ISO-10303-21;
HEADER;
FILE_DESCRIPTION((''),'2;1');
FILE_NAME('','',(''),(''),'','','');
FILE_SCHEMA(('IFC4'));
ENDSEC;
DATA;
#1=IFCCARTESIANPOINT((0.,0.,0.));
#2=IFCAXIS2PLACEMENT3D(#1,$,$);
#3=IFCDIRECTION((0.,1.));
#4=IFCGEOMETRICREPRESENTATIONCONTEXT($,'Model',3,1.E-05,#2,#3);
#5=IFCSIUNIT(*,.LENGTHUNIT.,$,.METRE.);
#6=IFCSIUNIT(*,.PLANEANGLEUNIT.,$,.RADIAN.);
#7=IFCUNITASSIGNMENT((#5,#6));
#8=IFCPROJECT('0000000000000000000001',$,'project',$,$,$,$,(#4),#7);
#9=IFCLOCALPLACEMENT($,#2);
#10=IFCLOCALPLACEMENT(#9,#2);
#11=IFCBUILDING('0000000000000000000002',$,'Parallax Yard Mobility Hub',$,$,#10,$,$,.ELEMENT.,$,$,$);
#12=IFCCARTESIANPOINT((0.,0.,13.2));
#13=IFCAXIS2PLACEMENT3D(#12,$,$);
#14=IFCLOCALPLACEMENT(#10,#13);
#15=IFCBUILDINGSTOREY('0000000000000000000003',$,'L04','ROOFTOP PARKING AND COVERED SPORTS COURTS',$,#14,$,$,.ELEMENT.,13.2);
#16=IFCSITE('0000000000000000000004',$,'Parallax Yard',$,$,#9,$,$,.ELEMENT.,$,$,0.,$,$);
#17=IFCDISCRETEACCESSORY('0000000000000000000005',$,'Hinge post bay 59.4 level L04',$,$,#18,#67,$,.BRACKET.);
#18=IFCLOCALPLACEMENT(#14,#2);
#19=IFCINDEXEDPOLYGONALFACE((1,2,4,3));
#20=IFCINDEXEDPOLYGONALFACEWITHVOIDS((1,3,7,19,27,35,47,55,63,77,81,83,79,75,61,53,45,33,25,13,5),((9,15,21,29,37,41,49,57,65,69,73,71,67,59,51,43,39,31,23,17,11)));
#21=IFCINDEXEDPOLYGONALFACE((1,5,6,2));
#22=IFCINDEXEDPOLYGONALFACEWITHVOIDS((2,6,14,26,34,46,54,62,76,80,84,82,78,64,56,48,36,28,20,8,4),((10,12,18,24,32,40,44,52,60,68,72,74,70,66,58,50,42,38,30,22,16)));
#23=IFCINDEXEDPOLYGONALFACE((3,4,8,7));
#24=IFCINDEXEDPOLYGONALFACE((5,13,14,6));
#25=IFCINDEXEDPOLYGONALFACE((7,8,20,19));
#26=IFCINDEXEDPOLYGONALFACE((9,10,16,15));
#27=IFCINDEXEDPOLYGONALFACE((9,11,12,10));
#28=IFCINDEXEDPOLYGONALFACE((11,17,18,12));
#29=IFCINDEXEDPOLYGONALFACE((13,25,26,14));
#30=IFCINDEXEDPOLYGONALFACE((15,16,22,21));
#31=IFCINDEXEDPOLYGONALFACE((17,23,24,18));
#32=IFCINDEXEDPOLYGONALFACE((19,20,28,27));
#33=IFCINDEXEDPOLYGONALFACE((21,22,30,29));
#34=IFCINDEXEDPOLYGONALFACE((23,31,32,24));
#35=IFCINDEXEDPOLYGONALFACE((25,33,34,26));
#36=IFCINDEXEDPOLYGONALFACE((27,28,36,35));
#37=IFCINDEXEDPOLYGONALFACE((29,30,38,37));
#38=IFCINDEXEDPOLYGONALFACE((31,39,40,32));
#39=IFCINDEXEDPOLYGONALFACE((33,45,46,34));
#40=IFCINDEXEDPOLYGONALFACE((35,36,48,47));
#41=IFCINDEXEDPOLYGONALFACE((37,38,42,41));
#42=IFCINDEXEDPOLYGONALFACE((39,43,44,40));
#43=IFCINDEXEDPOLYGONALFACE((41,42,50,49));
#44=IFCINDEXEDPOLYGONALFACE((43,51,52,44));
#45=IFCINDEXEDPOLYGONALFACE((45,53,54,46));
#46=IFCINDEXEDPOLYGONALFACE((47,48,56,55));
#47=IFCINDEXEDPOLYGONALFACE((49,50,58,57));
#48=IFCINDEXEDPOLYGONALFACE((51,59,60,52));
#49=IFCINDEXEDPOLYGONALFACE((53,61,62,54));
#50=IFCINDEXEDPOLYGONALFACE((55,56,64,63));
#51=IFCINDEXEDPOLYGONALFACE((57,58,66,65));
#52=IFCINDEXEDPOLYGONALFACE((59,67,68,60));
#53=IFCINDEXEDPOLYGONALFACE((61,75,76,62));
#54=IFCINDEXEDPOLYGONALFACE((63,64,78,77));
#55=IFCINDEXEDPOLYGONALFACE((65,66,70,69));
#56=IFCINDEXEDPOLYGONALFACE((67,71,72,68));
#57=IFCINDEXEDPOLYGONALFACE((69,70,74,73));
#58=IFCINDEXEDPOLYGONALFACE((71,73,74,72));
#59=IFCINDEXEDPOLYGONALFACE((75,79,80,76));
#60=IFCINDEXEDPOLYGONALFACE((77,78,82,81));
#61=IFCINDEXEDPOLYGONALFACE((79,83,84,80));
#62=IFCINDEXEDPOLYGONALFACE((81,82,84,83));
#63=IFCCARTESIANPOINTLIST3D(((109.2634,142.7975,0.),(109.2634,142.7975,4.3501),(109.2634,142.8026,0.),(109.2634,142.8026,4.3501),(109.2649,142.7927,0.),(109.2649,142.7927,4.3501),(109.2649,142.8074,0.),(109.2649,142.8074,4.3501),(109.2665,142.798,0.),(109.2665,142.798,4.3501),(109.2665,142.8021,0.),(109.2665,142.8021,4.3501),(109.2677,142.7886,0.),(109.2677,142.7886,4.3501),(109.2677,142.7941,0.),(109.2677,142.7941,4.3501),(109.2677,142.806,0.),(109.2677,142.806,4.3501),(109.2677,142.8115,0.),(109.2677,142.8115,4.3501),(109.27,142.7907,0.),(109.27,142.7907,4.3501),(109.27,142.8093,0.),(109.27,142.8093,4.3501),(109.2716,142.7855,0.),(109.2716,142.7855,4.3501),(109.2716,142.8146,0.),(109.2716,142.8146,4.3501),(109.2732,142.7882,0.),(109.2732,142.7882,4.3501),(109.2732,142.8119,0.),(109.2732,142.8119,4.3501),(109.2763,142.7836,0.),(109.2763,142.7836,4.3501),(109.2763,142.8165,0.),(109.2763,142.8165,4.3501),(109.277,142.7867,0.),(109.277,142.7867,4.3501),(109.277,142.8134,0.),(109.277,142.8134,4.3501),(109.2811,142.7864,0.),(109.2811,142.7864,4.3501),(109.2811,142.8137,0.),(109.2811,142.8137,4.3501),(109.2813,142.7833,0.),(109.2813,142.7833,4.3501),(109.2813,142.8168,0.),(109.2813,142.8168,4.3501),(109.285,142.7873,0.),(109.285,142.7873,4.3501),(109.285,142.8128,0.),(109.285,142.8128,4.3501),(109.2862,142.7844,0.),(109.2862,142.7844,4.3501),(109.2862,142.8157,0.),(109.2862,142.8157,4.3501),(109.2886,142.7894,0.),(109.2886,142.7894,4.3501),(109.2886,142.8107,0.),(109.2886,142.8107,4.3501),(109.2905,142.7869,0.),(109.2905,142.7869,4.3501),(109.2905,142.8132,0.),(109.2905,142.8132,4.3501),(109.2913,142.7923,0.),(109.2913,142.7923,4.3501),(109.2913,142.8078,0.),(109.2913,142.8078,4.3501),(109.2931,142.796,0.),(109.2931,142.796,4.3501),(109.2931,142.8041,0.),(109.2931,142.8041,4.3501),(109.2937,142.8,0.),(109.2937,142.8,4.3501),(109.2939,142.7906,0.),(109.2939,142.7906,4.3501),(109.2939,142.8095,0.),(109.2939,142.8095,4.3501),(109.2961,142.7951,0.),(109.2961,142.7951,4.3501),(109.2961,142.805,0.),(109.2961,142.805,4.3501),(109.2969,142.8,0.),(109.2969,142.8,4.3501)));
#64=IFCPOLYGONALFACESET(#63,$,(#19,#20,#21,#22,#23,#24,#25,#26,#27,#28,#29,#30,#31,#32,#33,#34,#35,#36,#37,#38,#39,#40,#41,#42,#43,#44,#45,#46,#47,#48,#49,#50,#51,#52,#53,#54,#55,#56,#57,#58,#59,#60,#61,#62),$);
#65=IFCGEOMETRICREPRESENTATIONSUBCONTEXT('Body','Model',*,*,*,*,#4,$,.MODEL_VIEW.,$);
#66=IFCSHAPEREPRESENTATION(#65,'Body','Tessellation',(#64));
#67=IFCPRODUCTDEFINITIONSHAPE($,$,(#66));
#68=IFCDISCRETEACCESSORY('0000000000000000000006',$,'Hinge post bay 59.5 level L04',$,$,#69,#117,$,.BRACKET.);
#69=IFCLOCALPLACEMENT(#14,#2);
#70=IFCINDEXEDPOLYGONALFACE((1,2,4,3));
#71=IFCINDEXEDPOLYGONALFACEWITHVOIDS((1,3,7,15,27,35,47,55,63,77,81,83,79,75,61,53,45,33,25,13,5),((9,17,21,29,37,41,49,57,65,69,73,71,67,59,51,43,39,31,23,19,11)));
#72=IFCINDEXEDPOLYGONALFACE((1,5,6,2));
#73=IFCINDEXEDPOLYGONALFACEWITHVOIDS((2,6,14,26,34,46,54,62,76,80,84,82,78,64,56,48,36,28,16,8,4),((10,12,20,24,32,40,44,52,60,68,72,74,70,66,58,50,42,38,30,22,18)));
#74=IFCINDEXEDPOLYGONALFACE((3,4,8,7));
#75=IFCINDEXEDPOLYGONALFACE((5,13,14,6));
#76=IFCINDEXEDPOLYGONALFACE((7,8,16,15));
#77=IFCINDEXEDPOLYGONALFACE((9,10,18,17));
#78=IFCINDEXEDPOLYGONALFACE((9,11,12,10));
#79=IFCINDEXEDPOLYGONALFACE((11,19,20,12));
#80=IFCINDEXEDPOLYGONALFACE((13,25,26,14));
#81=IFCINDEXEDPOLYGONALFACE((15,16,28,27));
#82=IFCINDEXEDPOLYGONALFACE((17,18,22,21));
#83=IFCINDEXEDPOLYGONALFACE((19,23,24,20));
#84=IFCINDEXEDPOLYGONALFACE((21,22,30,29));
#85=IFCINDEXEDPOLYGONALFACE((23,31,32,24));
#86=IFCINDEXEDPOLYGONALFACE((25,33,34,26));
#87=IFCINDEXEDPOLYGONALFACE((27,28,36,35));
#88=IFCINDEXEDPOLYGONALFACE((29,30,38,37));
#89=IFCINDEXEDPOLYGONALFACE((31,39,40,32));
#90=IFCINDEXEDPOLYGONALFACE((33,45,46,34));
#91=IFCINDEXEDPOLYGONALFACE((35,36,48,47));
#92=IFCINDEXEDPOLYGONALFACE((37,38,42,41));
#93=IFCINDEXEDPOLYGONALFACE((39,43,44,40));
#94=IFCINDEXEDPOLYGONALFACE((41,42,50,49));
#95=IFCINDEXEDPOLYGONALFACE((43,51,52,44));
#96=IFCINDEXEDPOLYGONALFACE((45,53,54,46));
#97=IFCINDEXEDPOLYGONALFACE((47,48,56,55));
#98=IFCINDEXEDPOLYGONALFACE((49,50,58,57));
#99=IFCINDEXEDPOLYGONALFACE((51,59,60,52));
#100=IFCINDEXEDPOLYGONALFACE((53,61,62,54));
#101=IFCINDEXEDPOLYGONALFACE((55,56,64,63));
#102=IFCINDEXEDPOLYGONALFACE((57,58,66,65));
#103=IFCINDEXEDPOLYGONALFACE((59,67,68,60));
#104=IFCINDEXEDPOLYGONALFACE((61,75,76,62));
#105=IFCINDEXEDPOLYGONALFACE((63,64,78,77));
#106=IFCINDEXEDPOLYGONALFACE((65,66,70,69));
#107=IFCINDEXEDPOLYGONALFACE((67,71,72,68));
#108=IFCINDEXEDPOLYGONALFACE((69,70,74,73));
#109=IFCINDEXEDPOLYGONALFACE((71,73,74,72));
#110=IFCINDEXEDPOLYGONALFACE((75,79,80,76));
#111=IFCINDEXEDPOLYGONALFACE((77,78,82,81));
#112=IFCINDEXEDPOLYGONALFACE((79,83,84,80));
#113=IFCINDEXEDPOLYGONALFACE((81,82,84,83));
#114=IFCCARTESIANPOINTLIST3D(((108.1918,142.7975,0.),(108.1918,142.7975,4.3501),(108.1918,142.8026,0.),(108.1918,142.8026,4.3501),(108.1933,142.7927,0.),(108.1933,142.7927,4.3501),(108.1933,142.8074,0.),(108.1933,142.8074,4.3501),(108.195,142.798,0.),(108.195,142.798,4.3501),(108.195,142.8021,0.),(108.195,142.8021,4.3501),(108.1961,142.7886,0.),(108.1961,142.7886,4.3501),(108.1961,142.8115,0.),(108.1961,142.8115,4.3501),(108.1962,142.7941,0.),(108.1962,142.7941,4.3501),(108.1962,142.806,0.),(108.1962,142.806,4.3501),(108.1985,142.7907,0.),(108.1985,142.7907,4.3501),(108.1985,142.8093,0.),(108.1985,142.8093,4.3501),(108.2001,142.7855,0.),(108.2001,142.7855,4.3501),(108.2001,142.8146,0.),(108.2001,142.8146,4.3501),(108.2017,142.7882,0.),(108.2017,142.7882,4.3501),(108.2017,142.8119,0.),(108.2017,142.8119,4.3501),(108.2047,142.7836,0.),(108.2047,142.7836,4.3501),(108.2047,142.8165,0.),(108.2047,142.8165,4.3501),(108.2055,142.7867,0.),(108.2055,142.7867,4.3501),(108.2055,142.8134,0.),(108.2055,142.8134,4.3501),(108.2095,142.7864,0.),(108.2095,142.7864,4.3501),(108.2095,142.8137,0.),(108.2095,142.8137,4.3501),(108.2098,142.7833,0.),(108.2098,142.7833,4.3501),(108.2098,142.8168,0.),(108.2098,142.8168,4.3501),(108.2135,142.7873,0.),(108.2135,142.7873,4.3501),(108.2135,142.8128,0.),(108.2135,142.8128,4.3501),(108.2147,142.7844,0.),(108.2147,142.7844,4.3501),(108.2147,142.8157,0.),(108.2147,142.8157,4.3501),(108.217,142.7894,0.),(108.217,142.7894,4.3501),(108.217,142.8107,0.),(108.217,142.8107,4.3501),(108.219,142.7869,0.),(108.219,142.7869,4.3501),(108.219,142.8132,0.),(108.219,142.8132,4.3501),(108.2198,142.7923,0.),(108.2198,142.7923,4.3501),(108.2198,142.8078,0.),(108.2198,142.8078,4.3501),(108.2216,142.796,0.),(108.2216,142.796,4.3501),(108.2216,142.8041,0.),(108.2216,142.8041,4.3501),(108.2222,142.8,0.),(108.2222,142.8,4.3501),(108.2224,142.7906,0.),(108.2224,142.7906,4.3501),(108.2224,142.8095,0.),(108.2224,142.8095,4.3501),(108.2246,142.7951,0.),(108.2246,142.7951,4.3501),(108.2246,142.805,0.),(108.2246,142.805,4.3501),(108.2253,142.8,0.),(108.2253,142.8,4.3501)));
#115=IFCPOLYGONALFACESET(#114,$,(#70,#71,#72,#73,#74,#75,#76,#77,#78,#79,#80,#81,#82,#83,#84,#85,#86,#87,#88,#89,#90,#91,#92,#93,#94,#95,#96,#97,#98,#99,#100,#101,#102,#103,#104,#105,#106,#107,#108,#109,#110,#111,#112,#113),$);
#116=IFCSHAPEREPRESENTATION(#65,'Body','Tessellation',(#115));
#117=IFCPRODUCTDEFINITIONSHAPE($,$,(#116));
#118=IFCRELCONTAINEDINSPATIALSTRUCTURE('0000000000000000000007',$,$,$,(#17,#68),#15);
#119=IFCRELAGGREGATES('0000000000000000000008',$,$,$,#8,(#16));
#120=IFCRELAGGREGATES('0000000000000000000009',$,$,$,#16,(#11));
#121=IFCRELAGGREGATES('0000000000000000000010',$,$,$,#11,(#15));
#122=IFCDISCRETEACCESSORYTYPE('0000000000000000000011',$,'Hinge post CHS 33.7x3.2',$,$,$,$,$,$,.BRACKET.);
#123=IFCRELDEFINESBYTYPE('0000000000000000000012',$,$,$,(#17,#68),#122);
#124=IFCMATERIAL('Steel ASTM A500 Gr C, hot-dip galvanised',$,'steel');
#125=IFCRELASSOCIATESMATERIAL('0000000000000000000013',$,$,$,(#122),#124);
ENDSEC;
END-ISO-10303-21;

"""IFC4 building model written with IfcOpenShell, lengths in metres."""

from ifc_helpers import new_model, si_unit, direction, frame, origin, origin_2d, place, context, subcontext, project, spatial, hollow_circle, extrude, material, material_profile, profile_set, type_object, element, save


model = new_model("IFC4")

# Units and contexts
model_context = context("Model", 3, precision=1e-05, world=origin(), true_north=direction((0.0, 1.0)))
body_context = subcontext(model_context, "Body", "Model", "MODEL_VIEW")
ifc_project = project(units=[si_unit("LENGTHUNIT", "METRE"), si_unit("PLANEANGLEUNIT", "RADIAN")], contexts=[model_context])

# Site, building, storey
site_placement = place(None, origin())
site = spatial("IfcSite", under=ifc_project, at=site_placement, Name="Parallax Yard", CompositionType="ELEMENT", RefElevation=0.0)
building_placement = place(site_placement, origin())
building = spatial("IfcBuilding", under=site, at=building_placement, Name="Parallax Yard Mobility Hub", CompositionType="ELEMENT")
storey_placement = place(building_placement, frame((0.0, 0.0, 13.2)))
storey = spatial("IfcBuildingStorey", under=building, at=storey_placement, Name="L04", Description="ROOFTOP PARKING AND COVERED SPORTS COURTS", CompositionType="ELEMENT", Elevation=13.2)

# Discrete accessories
ifc_material_1 = material(Name="Steel ASTM A500 Gr C, hot-dip galvanised", Category="steel")
ifc_material_profile = material_profile(ifc_material_1, hollow_circle(Radius=0.0168, WallThickness=0.0032, at=origin_2d()), Name="CHS 33.7x3.2")
ifc_profile_set = profile_set([ifc_material_profile], Name="Steel ASTM A500 Gr C, hot-dip galvanised")
discrete_accessory_type = type_object("IfcDiscreteAccessoryType", Name="Hinge post CHS 33.7x3.2", PredefinedType="BRACKET", material=ifc_profile_set)
for number, where, z_axis, x_axis, name in (
    (1, (109.28, 142.8, 0.0), (0.0, 0.0, 1.0), (1.0, 0.0, 0.0), "Hinge post bay 59.4 level L04"),
    (2, (108.2085, 142.8, 0.0), (0.0, 0.0, 1.0), (1.0, 0.0, 0.0), "Hinge post bay 59.5 level L04"),
):
    element("IfcDiscreteAccessory", number, at=place(storey_placement, frame(where, z_axis=z_axis, x_axis=x_axis)), inside=storey, type_object=discrete_accessory_type, Name=name, PredefinedType="BRACKET", context=body_context, shape_type="SweptSolid", body=[
        extrude(hollow_circle(Radius=0.0168, WallThickness=0.0032, at=origin_2d()), origin(), (0.0, 0.0, 1.0), 4.3501),
    ])

save(model, "model.ifc")
